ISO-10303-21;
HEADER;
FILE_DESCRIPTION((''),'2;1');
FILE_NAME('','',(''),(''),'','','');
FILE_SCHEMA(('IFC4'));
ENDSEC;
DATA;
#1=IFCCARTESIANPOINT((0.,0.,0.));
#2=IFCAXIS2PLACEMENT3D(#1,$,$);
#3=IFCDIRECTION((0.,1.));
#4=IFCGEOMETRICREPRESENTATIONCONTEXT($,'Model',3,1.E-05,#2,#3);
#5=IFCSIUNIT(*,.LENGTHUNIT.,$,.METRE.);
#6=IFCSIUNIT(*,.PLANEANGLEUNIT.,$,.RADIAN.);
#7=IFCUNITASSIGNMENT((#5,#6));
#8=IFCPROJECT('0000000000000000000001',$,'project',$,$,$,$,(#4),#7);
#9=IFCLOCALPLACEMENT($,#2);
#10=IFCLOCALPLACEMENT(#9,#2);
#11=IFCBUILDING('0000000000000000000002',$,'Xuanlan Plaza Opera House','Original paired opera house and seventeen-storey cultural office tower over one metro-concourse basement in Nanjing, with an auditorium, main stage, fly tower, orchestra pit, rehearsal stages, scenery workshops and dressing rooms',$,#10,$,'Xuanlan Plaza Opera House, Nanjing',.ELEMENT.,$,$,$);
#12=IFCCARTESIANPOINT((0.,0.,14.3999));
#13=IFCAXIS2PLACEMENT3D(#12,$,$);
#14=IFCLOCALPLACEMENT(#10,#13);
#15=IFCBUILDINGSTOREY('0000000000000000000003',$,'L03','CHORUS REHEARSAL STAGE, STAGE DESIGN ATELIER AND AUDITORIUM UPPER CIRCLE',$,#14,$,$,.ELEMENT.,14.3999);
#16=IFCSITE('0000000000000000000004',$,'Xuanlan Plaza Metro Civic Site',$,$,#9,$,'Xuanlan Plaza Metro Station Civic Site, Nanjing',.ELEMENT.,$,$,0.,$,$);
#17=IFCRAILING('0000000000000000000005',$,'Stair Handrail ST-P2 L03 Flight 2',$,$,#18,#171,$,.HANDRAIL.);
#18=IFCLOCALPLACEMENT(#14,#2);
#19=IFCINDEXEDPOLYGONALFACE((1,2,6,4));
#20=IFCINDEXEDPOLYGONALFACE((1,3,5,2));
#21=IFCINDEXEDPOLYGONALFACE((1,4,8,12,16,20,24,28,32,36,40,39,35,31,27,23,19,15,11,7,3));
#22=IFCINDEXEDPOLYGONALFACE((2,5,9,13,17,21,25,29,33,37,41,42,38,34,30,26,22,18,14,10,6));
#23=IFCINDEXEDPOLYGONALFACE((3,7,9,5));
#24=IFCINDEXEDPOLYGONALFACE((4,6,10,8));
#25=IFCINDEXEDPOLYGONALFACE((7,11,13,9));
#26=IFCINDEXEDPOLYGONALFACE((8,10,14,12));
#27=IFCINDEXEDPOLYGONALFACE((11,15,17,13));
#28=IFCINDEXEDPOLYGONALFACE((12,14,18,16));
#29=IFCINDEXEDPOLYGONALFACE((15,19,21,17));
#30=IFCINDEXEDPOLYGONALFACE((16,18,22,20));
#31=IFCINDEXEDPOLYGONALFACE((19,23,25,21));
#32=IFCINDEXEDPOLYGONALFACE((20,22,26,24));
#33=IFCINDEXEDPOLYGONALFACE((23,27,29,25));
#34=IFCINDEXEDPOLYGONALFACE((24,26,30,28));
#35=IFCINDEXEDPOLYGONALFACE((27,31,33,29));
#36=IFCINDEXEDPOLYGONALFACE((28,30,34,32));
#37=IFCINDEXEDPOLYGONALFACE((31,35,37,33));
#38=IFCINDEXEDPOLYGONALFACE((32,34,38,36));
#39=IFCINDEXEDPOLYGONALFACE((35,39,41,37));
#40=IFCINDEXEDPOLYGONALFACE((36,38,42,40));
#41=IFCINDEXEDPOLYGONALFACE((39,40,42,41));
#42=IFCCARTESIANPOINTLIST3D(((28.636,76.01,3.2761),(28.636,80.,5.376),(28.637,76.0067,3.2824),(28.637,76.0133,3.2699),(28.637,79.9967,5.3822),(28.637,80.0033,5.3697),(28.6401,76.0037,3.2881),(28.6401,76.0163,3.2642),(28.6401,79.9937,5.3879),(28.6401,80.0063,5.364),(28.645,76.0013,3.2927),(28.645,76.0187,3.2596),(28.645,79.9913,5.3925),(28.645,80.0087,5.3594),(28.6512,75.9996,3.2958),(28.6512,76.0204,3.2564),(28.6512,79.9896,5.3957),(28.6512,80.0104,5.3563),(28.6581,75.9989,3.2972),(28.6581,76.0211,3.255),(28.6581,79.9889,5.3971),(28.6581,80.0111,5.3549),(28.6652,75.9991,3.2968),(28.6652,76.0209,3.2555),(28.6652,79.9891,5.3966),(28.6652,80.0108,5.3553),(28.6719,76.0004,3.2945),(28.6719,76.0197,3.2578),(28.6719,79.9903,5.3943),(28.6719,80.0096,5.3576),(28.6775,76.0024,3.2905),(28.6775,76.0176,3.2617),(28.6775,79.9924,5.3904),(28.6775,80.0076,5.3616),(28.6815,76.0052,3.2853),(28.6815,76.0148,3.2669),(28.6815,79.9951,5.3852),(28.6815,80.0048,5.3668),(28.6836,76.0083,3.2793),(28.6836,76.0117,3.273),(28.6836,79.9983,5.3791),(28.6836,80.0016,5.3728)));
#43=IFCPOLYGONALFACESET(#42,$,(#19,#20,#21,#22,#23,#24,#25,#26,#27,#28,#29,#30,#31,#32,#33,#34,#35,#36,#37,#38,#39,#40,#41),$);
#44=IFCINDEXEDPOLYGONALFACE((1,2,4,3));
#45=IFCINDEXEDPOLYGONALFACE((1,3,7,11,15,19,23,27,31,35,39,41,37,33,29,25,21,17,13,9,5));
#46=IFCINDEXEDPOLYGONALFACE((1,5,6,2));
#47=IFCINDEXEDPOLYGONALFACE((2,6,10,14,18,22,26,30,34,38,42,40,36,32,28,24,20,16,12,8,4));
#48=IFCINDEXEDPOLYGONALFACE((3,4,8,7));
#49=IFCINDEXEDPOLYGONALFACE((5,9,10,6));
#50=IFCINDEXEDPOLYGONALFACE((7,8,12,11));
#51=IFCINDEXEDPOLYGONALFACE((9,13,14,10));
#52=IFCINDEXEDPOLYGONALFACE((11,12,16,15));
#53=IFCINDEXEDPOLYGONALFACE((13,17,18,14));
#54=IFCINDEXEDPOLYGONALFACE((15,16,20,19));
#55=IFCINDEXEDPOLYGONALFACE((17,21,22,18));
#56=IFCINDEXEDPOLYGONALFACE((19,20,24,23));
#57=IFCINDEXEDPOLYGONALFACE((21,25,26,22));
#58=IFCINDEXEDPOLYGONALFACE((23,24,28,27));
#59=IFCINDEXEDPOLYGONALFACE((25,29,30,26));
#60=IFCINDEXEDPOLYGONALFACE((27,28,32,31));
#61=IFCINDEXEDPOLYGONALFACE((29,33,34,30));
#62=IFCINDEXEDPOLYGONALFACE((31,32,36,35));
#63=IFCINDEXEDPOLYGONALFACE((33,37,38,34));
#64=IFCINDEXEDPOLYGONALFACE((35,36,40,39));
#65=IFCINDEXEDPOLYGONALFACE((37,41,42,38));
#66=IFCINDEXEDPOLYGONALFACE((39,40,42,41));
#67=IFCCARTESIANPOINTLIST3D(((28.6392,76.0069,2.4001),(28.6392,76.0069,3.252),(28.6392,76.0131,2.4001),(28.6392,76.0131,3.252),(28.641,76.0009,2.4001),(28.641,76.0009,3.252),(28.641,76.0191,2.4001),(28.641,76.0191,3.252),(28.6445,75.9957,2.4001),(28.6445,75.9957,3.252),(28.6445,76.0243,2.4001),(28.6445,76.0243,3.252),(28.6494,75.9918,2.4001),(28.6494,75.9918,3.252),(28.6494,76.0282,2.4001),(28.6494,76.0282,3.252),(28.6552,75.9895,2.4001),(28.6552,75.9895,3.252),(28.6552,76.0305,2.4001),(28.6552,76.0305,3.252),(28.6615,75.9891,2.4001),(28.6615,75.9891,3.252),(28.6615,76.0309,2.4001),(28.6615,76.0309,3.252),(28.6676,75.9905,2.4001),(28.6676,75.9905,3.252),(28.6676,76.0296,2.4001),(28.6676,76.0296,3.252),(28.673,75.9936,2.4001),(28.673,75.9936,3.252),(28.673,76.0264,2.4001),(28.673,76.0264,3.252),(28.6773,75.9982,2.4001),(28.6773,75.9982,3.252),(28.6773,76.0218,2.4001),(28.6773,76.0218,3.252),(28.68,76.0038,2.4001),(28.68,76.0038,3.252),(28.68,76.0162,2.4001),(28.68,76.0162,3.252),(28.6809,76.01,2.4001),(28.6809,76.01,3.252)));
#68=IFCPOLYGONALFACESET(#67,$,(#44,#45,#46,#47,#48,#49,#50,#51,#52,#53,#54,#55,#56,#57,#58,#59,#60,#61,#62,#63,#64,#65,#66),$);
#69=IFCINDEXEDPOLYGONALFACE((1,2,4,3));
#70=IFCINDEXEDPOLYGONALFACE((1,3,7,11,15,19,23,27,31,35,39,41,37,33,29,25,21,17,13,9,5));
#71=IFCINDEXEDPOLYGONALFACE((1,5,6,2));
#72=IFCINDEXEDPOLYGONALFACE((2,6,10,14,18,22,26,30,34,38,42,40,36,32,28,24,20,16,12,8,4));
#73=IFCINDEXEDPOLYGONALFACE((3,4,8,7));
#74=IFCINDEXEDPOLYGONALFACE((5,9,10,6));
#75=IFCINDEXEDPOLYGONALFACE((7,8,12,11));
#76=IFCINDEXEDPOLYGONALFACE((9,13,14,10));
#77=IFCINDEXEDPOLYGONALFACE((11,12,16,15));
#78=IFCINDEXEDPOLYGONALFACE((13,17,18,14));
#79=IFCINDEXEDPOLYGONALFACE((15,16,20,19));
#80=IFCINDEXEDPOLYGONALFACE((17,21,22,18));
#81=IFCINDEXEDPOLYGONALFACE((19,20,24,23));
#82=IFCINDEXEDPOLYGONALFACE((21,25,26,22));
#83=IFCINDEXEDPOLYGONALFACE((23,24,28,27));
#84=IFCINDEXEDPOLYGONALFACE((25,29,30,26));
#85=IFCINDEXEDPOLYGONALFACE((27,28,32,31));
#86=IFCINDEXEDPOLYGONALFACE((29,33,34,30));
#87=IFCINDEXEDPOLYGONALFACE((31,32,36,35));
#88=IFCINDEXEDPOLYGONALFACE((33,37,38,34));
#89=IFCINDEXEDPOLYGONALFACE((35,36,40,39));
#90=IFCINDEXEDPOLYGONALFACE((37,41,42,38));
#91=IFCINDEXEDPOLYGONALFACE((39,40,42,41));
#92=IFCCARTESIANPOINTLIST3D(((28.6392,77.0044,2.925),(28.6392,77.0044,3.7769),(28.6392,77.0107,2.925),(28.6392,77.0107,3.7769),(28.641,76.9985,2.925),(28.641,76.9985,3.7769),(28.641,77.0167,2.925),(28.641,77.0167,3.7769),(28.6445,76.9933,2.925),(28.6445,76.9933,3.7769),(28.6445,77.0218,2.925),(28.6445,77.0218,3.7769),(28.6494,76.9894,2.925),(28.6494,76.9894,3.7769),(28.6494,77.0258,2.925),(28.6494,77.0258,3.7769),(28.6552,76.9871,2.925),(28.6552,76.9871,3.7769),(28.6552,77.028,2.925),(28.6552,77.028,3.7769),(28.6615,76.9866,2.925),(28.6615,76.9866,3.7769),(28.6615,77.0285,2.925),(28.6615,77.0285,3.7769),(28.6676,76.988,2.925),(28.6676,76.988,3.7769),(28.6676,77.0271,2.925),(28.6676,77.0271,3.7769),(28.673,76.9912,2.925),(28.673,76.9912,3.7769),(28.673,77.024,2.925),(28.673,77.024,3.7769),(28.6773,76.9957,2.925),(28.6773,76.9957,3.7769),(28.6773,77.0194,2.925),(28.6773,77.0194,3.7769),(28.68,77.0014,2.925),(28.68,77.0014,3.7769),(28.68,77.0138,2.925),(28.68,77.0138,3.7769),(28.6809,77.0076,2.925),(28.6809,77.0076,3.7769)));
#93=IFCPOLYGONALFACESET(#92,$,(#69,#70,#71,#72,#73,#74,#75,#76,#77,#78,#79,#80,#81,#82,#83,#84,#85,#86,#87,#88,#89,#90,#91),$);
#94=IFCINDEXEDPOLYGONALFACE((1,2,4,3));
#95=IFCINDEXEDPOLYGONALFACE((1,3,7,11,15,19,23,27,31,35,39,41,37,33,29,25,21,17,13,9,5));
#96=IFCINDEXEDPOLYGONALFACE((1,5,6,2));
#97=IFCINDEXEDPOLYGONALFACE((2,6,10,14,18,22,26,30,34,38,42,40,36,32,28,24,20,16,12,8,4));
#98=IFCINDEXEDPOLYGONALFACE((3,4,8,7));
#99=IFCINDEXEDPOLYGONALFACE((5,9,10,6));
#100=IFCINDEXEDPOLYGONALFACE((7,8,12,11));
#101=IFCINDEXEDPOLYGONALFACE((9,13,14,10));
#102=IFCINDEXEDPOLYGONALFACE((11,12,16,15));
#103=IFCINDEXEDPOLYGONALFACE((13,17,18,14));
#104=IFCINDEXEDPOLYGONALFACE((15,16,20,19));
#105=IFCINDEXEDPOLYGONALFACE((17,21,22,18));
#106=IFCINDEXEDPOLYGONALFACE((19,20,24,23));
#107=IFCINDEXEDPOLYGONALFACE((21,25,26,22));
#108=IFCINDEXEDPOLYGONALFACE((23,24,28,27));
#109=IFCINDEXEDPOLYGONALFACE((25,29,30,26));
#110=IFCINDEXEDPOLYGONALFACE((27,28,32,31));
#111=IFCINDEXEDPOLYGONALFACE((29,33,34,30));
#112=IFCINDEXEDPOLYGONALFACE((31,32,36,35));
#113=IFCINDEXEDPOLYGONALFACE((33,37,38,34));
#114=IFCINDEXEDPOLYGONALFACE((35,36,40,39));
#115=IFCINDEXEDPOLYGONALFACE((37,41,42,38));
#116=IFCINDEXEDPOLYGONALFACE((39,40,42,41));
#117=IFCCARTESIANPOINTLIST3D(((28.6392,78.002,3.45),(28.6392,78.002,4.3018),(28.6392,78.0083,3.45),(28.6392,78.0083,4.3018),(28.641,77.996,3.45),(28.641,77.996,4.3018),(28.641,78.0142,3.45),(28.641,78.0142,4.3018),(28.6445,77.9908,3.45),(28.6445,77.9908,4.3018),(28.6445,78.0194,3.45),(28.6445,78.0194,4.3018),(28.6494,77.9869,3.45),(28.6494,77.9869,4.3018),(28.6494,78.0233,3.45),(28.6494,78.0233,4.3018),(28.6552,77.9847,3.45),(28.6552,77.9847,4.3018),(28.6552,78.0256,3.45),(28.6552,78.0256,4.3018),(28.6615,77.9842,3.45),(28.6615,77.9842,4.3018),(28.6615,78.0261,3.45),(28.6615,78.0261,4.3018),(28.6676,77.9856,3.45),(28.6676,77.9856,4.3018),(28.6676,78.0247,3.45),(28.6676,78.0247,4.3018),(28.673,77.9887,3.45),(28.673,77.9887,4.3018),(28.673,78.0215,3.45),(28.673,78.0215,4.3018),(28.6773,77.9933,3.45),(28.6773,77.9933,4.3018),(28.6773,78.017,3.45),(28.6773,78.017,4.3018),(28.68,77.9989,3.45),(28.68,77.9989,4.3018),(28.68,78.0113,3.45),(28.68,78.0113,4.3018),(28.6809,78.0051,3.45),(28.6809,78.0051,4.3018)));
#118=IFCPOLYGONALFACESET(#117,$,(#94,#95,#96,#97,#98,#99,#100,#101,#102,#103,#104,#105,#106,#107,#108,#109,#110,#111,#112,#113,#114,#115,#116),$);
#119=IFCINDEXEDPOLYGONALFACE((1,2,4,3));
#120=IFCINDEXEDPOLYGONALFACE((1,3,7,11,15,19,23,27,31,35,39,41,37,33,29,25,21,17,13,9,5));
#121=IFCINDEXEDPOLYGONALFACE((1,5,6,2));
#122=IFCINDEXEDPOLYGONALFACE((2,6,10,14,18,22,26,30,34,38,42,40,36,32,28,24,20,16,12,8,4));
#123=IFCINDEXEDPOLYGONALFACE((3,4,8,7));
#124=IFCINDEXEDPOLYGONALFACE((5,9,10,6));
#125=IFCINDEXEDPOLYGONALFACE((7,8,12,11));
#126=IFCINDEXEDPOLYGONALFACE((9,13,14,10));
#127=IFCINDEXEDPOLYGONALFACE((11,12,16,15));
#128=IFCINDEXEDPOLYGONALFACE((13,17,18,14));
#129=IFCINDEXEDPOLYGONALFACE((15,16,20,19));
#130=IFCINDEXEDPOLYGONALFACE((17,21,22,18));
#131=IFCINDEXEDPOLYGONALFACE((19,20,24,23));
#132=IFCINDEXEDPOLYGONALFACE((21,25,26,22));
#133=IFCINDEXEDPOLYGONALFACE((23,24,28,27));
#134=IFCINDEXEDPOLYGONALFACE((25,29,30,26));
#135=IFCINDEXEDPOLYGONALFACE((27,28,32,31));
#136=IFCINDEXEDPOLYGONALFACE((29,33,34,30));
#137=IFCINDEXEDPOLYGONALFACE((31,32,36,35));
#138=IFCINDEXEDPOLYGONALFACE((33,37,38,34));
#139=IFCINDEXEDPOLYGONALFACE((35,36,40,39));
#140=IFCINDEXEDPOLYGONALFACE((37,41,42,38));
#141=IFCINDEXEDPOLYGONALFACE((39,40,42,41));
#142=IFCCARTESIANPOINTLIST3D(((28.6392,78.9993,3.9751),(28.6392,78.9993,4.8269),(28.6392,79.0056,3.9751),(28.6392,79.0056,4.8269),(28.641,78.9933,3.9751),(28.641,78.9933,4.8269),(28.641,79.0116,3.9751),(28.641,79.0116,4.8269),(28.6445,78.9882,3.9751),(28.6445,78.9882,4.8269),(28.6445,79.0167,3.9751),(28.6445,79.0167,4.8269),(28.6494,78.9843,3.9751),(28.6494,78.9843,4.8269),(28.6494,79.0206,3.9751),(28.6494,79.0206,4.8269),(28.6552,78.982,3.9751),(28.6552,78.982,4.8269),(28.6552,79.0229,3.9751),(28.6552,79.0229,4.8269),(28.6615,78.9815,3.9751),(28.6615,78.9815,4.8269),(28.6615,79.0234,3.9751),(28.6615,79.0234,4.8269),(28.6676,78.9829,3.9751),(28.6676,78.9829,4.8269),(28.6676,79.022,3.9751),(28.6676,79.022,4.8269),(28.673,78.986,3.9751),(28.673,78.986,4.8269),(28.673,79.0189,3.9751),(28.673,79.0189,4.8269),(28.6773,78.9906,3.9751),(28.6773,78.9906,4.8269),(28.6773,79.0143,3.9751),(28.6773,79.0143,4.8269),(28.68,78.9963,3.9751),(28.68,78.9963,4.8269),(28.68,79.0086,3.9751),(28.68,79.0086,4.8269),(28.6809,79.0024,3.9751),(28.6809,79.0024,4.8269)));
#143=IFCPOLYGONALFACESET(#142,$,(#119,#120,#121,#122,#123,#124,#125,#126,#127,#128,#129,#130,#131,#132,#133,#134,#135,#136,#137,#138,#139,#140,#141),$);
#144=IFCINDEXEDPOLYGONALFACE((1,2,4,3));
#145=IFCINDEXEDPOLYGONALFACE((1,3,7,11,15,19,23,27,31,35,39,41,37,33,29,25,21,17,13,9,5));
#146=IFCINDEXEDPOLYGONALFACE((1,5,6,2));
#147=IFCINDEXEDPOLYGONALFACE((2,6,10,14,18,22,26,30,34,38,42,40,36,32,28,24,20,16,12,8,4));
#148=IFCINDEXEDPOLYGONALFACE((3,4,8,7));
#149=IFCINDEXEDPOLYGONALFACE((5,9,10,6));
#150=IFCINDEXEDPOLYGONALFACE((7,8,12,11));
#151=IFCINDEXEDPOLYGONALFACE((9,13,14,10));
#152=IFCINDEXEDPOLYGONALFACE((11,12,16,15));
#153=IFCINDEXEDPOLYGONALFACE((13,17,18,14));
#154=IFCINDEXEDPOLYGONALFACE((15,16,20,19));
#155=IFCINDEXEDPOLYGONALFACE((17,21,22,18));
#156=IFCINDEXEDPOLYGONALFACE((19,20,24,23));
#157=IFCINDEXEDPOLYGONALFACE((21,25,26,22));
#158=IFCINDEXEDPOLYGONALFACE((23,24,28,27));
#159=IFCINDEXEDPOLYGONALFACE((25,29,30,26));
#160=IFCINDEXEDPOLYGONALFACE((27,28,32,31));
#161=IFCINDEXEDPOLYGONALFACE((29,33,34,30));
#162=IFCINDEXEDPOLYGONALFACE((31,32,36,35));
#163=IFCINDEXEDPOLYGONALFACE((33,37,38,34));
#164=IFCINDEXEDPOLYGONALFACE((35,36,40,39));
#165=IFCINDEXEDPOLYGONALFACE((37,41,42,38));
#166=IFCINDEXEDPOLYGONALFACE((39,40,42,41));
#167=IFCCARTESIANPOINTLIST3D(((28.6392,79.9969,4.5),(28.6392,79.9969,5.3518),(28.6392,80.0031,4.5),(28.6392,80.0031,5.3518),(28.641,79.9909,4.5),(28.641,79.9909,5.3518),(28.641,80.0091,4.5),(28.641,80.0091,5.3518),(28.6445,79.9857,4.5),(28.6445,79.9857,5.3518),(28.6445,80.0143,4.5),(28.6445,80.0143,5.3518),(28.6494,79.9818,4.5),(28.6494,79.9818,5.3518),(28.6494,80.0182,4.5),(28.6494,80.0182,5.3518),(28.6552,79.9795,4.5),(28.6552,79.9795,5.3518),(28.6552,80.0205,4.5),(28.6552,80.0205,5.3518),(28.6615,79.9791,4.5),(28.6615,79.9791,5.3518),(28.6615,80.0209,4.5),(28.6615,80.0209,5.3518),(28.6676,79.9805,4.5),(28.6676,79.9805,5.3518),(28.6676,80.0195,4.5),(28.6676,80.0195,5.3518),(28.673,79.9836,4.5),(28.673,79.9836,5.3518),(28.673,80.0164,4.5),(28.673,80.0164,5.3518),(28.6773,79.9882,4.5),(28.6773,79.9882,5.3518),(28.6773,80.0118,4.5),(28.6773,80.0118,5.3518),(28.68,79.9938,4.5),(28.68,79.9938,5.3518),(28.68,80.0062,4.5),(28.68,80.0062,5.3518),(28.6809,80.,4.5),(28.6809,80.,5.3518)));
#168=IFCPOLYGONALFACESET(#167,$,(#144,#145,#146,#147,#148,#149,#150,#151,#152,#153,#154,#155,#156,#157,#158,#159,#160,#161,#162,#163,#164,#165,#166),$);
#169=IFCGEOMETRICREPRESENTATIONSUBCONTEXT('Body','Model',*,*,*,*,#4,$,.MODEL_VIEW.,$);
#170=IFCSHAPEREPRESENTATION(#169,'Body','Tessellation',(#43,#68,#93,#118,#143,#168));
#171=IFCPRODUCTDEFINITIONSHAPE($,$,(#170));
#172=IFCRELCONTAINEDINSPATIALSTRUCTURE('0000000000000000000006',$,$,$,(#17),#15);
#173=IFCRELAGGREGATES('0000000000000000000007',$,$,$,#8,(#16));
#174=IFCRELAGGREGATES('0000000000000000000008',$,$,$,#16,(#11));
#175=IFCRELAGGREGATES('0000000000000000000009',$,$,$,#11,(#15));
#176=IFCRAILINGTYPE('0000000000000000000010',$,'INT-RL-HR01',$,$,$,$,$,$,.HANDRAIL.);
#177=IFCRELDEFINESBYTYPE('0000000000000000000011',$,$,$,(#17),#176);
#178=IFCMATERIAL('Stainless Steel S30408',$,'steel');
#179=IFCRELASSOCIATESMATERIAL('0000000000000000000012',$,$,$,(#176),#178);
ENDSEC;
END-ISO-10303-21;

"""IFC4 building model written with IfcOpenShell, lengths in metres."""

from ifc_helpers import new_model, si_unit, direction, frame, origin, origin_2d, place, context, subcontext, project, spatial, circle, extrude, material, type_object, element, save


model = new_model("IFC4")

# Units and contexts
model_context = context("Model", 3, precision=1e-05, world=origin(), true_north=direction((0.0, 1.0)))
body_context = subcontext(model_context, "Body", "Model", "MODEL_VIEW")
ifc_project = project(units=[si_unit("LENGTHUNIT", "METRE"), si_unit("PLANEANGLEUNIT", "RADIAN")], contexts=[model_context])

# Site, building, storey
site_placement = place(None, origin())
site = spatial("IfcSite", under=ifc_project, at=site_placement, Name="Xuanlan Plaza Metro Civic Site", LongName="Xuanlan Plaza Metro Station Civic Site, Nanjing", CompositionType="ELEMENT", RefElevation=0.0)
building_placement = place(site_placement, origin())
building = spatial("IfcBuilding", under=site, at=building_placement, Name="Xuanlan Plaza Opera House", Description="Original paired opera house and seventeen-storey cultural office tower over one metro-concourse basement in Nanjing, with an auditorium, main stage, fly tower, orchestra pit, rehearsal stages, scenery workshops and dressing rooms", LongName="Xuanlan Plaza Opera House, Nanjing", CompositionType="ELEMENT")
storey_placement = place(building_placement, frame((0.0, 0.0, 14.3999)))
storey = spatial("IfcBuildingStorey", under=building, at=storey_placement, Name="L03", Description="CHORUS REHEARSAL STAGE, STAGE DESIGN ATELIER AND AUDITORIUM UPPER CIRCLE", CompositionType="ELEMENT", Elevation=14.3999)

# Railing
ifc_material_1 = material(Name="Stainless Steel S30408", Category="steel")
railing_type = type_object("IfcRailingType", Name="INT-RL-HR01", PredefinedType="HANDRAIL", material=ifc_material_1)
for number, where, name in (
    (1, (28.6599, 76.01, 2.4001), "Stair Handrail ST-P2 L03 Flight 2"),
):
    element("IfcRailing", number, at=place(storey_placement, frame(where)), inside=storey, type_object=railing_type, Name=name, PredefinedType="HANDRAIL", context=body_context, shape_type="SweptSolid", body=[
        extrude(circle(Radius=0.0239, at=origin_2d()), frame((0.0, 0.0, 0.876), z_axis=(0.0, 0.884931, 0.465722), x_axis=(-1.0, 0.0, 0.0)), (0.0, 0.0, 1.0), 4.5088),
        extrude(circle(Radius=0.021, at=origin_2d()), origin(), (0.0, 0.0, 1.0), 0.8518),
        extrude(circle(Radius=0.021, at=origin_2d()), frame((0.0, 0.9976, 0.5249)), (0.0, 0.0, 1.0), 0.8518),
        extrude(circle(Radius=0.021, at=origin_2d()), frame((0.0, 1.9951, 1.0498)), (0.0, 0.0, 1.0), 0.8518),
        extrude(circle(Radius=0.021, at=origin_2d()), frame((0.0, 2.9924, 1.575)), (0.0, 0.0, 1.0), 0.8518),
        extrude(circle(Radius=0.021, at=origin_2d()), frame((0.0, 3.99, 2.0999)), (0.0, 0.0, 1.0), 0.8518),
    ])

save(model, "model.ifc")
